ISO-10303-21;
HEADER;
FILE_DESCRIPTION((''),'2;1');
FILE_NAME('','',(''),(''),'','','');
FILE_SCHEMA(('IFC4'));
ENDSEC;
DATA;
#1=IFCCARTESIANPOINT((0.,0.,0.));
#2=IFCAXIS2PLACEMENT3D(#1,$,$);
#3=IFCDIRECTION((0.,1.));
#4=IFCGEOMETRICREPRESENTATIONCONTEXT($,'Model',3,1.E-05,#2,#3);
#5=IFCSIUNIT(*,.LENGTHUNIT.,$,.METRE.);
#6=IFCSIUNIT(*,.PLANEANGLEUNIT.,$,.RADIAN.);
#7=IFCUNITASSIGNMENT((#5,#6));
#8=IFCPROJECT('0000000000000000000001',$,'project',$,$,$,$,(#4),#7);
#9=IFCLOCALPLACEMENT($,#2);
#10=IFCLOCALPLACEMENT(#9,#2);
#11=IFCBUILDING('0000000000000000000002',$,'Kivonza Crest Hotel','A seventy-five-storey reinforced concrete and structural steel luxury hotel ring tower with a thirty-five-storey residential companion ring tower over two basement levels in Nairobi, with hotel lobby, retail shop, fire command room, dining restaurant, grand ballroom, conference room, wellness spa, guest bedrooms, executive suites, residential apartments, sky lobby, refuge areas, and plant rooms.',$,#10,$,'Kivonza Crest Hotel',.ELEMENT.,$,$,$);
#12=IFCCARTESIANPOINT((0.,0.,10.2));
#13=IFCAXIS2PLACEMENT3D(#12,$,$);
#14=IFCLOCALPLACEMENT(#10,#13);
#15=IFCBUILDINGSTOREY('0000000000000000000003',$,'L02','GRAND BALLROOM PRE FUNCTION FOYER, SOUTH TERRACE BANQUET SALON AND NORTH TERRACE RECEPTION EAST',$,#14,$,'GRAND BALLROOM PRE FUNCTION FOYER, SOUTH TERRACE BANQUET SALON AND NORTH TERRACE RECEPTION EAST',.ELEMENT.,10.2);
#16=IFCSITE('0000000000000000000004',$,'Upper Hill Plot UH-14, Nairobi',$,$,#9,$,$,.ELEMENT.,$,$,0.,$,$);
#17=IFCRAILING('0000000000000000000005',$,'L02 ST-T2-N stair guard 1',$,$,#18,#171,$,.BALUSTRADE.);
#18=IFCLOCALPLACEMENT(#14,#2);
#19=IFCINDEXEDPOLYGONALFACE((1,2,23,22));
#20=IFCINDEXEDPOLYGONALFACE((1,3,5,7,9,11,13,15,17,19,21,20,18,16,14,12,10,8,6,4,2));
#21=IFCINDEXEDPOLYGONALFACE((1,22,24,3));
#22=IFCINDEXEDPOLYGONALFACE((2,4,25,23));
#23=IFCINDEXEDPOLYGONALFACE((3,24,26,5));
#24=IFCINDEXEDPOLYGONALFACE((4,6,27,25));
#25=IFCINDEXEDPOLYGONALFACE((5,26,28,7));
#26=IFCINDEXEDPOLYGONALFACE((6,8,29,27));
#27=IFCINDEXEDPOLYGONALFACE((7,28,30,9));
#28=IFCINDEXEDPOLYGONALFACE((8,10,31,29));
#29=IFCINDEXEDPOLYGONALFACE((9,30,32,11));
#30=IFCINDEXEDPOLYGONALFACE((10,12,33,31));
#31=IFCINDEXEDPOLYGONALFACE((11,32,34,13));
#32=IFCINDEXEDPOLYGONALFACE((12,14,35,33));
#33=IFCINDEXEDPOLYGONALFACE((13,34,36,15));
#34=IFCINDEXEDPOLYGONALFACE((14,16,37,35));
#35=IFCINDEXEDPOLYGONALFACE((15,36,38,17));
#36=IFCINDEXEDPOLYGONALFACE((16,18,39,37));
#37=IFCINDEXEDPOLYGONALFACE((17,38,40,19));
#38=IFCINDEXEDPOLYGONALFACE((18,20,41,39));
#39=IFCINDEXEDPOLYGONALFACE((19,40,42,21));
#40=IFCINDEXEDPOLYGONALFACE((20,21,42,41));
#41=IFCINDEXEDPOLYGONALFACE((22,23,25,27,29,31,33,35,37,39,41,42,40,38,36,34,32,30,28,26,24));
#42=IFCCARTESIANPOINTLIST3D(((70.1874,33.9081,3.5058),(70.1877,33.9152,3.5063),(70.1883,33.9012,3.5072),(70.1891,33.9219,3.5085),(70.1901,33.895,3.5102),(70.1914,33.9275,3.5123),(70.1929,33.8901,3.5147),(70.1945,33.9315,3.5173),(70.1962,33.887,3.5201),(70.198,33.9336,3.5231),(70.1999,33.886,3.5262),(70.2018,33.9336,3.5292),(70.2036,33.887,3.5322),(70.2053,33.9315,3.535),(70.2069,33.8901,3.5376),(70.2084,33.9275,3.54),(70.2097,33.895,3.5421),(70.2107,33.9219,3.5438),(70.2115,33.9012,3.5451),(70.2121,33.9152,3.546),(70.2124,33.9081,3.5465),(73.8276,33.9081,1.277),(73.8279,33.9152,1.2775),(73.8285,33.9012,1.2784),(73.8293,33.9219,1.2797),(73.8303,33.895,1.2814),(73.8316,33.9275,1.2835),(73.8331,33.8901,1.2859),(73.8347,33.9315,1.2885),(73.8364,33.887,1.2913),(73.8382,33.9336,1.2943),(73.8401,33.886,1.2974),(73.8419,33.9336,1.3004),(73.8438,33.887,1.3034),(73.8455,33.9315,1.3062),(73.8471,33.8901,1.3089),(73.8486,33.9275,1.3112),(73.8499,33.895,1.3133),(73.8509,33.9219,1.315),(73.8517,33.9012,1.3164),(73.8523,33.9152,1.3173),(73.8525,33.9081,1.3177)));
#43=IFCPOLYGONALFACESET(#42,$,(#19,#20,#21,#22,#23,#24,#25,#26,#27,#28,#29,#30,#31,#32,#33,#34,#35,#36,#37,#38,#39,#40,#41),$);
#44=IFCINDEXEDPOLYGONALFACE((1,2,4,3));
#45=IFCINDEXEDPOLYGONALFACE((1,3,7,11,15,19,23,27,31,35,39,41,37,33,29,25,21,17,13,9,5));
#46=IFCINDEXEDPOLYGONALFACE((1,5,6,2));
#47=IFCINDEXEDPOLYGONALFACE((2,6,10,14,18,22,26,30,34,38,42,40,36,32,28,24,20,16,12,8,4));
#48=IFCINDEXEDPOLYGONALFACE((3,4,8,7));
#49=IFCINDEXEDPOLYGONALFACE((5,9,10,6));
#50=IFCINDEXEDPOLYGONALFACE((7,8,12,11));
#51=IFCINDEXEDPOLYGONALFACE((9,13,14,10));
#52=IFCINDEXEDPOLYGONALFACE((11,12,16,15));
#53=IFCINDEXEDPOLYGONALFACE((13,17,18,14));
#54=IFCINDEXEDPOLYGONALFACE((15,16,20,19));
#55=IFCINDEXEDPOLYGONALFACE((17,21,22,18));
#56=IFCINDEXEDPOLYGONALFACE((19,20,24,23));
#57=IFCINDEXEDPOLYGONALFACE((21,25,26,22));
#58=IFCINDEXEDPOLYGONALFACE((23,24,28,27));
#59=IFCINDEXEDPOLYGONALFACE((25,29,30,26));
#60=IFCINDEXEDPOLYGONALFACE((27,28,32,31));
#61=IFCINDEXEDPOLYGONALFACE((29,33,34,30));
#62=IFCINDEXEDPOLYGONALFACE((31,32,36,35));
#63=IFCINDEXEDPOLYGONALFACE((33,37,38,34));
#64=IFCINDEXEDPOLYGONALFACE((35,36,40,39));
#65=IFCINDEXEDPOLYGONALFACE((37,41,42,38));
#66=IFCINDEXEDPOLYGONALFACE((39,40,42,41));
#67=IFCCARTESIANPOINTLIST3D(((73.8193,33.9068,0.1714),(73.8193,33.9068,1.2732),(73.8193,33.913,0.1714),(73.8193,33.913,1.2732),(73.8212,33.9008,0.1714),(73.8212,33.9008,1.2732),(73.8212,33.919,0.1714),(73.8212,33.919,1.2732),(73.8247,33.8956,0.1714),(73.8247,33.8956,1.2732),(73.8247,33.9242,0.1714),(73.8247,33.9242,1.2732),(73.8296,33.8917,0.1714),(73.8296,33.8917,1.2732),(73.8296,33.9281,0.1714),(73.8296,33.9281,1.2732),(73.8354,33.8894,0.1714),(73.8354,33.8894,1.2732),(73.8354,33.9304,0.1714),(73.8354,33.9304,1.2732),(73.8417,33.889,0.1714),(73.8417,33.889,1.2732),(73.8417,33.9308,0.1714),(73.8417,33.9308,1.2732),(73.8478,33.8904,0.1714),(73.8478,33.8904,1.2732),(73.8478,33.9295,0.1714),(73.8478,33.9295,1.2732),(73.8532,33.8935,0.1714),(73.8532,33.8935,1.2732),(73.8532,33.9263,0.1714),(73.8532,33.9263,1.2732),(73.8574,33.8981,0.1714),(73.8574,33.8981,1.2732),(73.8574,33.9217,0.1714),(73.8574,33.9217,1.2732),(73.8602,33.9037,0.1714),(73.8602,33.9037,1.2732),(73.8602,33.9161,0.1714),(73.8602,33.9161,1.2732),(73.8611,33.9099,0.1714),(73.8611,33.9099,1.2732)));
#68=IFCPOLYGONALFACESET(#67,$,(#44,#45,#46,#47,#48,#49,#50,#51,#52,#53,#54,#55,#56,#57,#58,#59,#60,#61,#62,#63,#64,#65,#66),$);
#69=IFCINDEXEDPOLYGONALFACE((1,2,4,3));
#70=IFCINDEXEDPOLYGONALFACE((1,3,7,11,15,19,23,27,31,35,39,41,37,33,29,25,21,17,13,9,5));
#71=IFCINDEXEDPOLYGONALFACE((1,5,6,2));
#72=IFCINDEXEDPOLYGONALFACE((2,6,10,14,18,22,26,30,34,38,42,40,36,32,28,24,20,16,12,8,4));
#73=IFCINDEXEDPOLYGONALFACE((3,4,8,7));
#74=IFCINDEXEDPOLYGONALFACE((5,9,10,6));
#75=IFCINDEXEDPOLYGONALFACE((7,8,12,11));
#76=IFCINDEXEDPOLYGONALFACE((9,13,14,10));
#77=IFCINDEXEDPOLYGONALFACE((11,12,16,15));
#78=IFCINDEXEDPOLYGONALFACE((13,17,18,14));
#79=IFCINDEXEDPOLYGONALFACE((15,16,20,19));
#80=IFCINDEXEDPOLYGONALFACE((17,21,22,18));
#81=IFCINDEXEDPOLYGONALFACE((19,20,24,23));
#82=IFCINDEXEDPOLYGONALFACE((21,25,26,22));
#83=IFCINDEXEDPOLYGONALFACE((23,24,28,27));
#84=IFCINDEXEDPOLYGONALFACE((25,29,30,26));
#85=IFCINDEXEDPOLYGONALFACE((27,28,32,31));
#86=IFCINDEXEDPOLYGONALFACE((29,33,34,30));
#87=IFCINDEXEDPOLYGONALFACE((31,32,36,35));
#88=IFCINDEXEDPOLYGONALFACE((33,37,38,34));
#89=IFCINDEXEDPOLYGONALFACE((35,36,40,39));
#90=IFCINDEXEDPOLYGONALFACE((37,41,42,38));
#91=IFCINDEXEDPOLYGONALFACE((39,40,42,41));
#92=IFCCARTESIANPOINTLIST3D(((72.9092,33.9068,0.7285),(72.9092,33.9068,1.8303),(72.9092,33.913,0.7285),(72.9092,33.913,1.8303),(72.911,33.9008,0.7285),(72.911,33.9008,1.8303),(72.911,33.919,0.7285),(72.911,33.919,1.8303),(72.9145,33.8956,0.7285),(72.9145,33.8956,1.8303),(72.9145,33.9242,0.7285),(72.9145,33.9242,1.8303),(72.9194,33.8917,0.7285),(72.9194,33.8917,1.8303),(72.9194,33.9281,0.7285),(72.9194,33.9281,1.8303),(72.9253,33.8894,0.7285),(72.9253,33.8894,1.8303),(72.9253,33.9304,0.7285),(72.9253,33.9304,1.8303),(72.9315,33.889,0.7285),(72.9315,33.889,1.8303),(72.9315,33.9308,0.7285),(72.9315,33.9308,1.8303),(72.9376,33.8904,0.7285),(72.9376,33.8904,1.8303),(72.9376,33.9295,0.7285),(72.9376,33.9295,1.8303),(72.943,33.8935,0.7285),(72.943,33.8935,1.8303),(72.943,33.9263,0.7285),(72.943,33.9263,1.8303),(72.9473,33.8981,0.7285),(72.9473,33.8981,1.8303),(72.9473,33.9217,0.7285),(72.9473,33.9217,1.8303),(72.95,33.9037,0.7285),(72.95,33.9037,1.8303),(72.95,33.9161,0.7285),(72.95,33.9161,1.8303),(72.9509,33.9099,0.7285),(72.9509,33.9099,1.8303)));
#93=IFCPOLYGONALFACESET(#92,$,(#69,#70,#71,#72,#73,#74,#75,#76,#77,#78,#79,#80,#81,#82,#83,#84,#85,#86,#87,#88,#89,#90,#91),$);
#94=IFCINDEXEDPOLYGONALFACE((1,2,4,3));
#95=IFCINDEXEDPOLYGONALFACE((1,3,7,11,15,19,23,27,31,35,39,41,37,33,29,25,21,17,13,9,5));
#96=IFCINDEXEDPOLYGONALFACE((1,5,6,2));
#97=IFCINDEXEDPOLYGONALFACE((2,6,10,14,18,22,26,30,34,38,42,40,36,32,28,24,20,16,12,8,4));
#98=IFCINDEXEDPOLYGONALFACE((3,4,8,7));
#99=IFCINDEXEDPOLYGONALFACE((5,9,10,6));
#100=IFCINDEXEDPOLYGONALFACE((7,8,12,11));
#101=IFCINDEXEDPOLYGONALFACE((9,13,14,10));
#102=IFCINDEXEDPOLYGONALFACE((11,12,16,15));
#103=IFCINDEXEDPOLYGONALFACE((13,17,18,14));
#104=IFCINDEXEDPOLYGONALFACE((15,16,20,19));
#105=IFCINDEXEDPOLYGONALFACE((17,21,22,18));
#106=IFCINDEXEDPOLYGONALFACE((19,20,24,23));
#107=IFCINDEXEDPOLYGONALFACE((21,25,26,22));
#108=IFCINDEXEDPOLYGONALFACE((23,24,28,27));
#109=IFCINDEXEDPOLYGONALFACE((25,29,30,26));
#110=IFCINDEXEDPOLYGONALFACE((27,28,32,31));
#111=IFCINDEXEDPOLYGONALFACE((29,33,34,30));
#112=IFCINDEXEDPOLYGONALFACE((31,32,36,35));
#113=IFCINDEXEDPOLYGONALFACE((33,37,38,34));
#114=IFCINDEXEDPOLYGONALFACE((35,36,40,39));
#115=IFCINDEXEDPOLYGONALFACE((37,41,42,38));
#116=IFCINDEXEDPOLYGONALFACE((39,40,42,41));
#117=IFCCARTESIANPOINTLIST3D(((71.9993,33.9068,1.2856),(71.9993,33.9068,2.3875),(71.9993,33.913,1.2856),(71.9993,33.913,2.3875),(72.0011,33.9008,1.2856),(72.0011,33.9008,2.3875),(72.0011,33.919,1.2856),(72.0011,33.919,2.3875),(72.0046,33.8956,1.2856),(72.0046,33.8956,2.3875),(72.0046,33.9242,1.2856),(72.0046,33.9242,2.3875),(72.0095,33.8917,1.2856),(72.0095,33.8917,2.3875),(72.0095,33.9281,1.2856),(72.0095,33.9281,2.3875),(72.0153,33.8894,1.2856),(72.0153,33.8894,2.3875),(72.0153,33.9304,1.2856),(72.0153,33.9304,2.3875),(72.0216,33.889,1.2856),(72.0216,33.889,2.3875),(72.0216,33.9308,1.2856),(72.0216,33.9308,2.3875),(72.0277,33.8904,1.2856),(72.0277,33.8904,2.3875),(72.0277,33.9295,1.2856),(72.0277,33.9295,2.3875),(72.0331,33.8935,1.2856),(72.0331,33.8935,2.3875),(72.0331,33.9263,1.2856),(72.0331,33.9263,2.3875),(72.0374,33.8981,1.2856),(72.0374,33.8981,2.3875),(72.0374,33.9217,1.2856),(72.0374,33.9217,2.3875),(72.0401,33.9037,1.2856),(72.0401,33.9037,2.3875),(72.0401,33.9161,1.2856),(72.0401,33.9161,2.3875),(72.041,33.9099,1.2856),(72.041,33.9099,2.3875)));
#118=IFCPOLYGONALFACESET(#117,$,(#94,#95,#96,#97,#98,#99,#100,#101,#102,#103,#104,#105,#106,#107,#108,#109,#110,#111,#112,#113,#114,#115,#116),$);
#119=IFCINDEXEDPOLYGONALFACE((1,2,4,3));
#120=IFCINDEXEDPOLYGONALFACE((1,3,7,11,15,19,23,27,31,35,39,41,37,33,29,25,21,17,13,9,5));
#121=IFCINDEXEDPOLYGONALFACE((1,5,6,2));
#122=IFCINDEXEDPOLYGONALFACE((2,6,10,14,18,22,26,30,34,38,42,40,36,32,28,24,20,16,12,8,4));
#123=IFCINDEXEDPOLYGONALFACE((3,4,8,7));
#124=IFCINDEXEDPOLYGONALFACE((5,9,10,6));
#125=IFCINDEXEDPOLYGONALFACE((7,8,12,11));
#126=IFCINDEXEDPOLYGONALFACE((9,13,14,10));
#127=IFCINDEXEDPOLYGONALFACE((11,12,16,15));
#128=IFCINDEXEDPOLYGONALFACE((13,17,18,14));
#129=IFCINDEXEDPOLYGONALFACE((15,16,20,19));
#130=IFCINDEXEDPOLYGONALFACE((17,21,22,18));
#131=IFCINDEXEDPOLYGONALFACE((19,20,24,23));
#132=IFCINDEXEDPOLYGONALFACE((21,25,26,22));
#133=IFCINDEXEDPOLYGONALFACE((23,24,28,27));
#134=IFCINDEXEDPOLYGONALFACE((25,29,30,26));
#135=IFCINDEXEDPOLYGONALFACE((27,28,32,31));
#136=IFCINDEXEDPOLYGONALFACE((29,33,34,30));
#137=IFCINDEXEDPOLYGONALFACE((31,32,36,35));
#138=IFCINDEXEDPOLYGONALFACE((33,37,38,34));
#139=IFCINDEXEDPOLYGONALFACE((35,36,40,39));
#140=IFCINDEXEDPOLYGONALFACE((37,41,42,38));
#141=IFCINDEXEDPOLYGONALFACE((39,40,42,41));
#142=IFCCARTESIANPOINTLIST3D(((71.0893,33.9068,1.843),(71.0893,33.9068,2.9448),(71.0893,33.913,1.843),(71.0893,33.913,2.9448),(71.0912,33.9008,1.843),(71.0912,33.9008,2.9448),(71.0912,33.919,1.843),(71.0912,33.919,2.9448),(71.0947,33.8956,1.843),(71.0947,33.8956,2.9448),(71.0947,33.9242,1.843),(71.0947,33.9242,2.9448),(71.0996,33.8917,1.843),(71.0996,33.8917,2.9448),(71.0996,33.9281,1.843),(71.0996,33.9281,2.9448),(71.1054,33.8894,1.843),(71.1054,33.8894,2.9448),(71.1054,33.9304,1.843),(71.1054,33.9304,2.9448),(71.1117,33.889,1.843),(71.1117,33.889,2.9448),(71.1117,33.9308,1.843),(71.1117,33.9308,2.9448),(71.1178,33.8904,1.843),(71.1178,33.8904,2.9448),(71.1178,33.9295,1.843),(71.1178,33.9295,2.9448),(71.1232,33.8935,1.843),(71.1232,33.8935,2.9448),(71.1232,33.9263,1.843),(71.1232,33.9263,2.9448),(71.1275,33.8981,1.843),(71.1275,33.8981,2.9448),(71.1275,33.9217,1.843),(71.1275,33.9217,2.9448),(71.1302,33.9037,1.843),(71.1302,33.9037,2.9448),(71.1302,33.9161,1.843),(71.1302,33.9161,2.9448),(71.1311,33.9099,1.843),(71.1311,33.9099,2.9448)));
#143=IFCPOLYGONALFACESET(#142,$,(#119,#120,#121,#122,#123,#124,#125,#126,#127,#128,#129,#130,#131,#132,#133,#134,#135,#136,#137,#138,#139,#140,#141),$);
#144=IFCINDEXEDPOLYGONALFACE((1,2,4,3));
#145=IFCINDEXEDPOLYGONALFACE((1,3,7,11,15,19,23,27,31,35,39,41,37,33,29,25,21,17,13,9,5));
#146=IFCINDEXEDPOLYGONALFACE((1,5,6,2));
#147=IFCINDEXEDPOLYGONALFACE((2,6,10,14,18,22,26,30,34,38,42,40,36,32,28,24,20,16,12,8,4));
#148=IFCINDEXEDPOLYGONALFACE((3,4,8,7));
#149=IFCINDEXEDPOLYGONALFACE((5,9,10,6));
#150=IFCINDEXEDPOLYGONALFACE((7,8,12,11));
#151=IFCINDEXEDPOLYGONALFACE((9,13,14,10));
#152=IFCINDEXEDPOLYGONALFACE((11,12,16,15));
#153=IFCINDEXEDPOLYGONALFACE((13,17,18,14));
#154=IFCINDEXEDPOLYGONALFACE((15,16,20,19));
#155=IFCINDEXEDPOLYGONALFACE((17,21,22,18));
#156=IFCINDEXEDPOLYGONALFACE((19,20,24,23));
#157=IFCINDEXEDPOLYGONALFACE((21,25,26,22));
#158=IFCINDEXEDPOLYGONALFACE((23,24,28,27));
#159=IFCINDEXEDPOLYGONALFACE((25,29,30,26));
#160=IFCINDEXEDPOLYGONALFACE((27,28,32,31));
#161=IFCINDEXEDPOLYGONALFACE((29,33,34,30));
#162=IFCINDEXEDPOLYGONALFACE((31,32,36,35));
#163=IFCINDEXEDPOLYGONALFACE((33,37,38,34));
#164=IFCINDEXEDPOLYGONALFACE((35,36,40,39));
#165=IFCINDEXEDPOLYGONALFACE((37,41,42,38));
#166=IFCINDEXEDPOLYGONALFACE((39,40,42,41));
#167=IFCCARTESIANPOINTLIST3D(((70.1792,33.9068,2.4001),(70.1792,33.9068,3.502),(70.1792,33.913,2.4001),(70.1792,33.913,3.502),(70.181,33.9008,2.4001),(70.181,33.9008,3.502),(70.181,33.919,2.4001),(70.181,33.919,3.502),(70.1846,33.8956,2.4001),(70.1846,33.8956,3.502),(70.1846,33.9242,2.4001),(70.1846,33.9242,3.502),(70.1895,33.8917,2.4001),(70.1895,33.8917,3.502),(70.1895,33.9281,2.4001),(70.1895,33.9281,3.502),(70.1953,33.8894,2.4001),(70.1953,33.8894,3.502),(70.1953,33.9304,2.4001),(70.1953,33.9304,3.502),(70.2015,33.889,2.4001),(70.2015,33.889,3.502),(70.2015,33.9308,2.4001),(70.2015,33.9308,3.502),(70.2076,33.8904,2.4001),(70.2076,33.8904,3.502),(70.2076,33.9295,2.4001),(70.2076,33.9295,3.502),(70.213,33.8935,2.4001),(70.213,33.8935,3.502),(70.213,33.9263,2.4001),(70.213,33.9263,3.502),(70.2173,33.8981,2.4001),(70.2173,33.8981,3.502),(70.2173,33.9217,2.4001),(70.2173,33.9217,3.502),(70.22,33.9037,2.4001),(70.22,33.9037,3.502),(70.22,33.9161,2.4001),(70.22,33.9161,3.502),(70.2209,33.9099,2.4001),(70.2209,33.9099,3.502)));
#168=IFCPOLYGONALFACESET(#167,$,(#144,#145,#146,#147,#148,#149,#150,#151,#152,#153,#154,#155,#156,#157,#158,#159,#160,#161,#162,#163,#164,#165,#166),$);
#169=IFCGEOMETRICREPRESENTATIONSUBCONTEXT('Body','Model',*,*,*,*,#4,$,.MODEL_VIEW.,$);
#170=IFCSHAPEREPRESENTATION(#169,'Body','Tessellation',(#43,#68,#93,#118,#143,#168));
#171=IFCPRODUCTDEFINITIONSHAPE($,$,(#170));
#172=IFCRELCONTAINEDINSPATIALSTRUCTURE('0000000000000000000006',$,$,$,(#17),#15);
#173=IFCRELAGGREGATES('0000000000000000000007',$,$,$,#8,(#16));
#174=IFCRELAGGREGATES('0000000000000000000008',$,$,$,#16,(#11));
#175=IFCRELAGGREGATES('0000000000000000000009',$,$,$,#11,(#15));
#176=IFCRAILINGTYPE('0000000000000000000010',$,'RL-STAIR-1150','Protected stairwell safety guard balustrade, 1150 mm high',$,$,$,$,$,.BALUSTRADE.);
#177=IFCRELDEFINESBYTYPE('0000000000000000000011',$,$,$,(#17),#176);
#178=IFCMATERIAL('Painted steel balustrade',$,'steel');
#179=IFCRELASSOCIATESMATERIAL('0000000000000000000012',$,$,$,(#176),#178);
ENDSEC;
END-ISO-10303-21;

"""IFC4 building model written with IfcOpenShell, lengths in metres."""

from ifc_helpers import new_model, si_unit, direction, frame, origin, origin_2d, place, context, subcontext, project, spatial, circle, extrude, material, type_object, element, save


model = new_model("IFC4")

# Units and contexts
model_context = context("Model", 3, precision=1e-05, world=origin(), true_north=direction((0.0, 1.0)))
body_context = subcontext(model_context, "Body", "Model", "MODEL_VIEW")
ifc_project = project(units=[si_unit("LENGTHUNIT", "METRE"), si_unit("PLANEANGLEUNIT", "RADIAN")], contexts=[model_context])

# Site, building, storey
site_placement = place(None, origin())
site = spatial("IfcSite", under=ifc_project, at=site_placement, Name="Upper Hill Plot UH-14, Nairobi", CompositionType="ELEMENT", RefElevation=0.0)
building_placement = place(site_placement, origin())
building = spatial("IfcBuilding", under=site, at=building_placement, Name="Kivonza Crest Hotel", Description="A seventy-five-storey reinforced concrete and structural steel luxury hotel ring tower with a thirty-five-storey residential companion ring tower over two basement levels in Nairobi, with hotel lobby, retail shop, fire command room, dining restaurant, grand ballroom, conference room, wellness spa, guest bedrooms, executive suites, residential apartments, sky lobby, refuge areas, and plant rooms.", LongName="Kivonza Crest Hotel", CompositionType="ELEMENT")
storey_placement = place(building_placement, frame((0.0, 0.0, 10.2)))
storey = spatial("IfcBuildingStorey", under=building, at=storey_placement, Name="L02", Description="GRAND BALLROOM PRE FUNCTION FOYER, SOUTH TERRACE BANQUET SALON AND NORTH TERRACE RECEPTION EAST", LongName="GRAND BALLROOM PRE FUNCTION FOYER, SOUTH TERRACE BANQUET SALON AND NORTH TERRACE RECEPTION EAST", CompositionType="ELEMENT", Elevation=10.2)

# Railing
ifc_material_1 = material(Name="Painted steel balustrade", Category="steel")
railing_type_1 = type_object("IfcRailingType", Name="RL-STAIR-1150", Description="Protected stairwell safety guard balustrade, 1150 mm high", PredefinedType="BALUSTRADE", material=ifc_material_1)
railing_1_placement = place(storey_placement, frame((73.8401, 33.9099, 0.1714)))
element("IfcRailing", 1, at=railing_1_placement, inside=storey, type_object=railing_type_1, Name="L02 ST-T2-N stair guard 1", PredefinedType="BALUSTRADE", context=body_context, shape_type="SweptSolid", body=[
    extrude(circle(Radius=0.0239, at=origin_2d()), frame((0.0, 0.0, 1.126), z_axis=(-0.85284, 0.0, 0.522172), x_axis=(0.0, -1.0, 0.0)), (0.0, 0.0, 1.0), 4.2683),
    extrude(circle(Radius=0.021, at=origin_2d()), origin(), (0.0, 0.0, 1.0), 1.1018),
    extrude(circle(Radius=0.021, at=origin_2d()), frame((-0.9102, 0.0, 0.5571)), (0.0, 0.0, 1.0), 1.1018),
    extrude(circle(Radius=0.021, at=origin_2d()), frame((-1.8201, 0.0, 1.1143)), (0.0, 0.0, 1.0), 1.1018),
    extrude(circle(Radius=0.021, at=origin_2d()), frame((-2.73, 0.0, 1.6716)), (0.0, 0.0, 1.0), 1.1018),
    extrude(circle(Radius=0.021, at=origin_2d()), frame((-3.6401, 0.0, 2.2288)), (0.0, 0.0, 1.0), 1.1018),
])

save(model, "model.ifc")
